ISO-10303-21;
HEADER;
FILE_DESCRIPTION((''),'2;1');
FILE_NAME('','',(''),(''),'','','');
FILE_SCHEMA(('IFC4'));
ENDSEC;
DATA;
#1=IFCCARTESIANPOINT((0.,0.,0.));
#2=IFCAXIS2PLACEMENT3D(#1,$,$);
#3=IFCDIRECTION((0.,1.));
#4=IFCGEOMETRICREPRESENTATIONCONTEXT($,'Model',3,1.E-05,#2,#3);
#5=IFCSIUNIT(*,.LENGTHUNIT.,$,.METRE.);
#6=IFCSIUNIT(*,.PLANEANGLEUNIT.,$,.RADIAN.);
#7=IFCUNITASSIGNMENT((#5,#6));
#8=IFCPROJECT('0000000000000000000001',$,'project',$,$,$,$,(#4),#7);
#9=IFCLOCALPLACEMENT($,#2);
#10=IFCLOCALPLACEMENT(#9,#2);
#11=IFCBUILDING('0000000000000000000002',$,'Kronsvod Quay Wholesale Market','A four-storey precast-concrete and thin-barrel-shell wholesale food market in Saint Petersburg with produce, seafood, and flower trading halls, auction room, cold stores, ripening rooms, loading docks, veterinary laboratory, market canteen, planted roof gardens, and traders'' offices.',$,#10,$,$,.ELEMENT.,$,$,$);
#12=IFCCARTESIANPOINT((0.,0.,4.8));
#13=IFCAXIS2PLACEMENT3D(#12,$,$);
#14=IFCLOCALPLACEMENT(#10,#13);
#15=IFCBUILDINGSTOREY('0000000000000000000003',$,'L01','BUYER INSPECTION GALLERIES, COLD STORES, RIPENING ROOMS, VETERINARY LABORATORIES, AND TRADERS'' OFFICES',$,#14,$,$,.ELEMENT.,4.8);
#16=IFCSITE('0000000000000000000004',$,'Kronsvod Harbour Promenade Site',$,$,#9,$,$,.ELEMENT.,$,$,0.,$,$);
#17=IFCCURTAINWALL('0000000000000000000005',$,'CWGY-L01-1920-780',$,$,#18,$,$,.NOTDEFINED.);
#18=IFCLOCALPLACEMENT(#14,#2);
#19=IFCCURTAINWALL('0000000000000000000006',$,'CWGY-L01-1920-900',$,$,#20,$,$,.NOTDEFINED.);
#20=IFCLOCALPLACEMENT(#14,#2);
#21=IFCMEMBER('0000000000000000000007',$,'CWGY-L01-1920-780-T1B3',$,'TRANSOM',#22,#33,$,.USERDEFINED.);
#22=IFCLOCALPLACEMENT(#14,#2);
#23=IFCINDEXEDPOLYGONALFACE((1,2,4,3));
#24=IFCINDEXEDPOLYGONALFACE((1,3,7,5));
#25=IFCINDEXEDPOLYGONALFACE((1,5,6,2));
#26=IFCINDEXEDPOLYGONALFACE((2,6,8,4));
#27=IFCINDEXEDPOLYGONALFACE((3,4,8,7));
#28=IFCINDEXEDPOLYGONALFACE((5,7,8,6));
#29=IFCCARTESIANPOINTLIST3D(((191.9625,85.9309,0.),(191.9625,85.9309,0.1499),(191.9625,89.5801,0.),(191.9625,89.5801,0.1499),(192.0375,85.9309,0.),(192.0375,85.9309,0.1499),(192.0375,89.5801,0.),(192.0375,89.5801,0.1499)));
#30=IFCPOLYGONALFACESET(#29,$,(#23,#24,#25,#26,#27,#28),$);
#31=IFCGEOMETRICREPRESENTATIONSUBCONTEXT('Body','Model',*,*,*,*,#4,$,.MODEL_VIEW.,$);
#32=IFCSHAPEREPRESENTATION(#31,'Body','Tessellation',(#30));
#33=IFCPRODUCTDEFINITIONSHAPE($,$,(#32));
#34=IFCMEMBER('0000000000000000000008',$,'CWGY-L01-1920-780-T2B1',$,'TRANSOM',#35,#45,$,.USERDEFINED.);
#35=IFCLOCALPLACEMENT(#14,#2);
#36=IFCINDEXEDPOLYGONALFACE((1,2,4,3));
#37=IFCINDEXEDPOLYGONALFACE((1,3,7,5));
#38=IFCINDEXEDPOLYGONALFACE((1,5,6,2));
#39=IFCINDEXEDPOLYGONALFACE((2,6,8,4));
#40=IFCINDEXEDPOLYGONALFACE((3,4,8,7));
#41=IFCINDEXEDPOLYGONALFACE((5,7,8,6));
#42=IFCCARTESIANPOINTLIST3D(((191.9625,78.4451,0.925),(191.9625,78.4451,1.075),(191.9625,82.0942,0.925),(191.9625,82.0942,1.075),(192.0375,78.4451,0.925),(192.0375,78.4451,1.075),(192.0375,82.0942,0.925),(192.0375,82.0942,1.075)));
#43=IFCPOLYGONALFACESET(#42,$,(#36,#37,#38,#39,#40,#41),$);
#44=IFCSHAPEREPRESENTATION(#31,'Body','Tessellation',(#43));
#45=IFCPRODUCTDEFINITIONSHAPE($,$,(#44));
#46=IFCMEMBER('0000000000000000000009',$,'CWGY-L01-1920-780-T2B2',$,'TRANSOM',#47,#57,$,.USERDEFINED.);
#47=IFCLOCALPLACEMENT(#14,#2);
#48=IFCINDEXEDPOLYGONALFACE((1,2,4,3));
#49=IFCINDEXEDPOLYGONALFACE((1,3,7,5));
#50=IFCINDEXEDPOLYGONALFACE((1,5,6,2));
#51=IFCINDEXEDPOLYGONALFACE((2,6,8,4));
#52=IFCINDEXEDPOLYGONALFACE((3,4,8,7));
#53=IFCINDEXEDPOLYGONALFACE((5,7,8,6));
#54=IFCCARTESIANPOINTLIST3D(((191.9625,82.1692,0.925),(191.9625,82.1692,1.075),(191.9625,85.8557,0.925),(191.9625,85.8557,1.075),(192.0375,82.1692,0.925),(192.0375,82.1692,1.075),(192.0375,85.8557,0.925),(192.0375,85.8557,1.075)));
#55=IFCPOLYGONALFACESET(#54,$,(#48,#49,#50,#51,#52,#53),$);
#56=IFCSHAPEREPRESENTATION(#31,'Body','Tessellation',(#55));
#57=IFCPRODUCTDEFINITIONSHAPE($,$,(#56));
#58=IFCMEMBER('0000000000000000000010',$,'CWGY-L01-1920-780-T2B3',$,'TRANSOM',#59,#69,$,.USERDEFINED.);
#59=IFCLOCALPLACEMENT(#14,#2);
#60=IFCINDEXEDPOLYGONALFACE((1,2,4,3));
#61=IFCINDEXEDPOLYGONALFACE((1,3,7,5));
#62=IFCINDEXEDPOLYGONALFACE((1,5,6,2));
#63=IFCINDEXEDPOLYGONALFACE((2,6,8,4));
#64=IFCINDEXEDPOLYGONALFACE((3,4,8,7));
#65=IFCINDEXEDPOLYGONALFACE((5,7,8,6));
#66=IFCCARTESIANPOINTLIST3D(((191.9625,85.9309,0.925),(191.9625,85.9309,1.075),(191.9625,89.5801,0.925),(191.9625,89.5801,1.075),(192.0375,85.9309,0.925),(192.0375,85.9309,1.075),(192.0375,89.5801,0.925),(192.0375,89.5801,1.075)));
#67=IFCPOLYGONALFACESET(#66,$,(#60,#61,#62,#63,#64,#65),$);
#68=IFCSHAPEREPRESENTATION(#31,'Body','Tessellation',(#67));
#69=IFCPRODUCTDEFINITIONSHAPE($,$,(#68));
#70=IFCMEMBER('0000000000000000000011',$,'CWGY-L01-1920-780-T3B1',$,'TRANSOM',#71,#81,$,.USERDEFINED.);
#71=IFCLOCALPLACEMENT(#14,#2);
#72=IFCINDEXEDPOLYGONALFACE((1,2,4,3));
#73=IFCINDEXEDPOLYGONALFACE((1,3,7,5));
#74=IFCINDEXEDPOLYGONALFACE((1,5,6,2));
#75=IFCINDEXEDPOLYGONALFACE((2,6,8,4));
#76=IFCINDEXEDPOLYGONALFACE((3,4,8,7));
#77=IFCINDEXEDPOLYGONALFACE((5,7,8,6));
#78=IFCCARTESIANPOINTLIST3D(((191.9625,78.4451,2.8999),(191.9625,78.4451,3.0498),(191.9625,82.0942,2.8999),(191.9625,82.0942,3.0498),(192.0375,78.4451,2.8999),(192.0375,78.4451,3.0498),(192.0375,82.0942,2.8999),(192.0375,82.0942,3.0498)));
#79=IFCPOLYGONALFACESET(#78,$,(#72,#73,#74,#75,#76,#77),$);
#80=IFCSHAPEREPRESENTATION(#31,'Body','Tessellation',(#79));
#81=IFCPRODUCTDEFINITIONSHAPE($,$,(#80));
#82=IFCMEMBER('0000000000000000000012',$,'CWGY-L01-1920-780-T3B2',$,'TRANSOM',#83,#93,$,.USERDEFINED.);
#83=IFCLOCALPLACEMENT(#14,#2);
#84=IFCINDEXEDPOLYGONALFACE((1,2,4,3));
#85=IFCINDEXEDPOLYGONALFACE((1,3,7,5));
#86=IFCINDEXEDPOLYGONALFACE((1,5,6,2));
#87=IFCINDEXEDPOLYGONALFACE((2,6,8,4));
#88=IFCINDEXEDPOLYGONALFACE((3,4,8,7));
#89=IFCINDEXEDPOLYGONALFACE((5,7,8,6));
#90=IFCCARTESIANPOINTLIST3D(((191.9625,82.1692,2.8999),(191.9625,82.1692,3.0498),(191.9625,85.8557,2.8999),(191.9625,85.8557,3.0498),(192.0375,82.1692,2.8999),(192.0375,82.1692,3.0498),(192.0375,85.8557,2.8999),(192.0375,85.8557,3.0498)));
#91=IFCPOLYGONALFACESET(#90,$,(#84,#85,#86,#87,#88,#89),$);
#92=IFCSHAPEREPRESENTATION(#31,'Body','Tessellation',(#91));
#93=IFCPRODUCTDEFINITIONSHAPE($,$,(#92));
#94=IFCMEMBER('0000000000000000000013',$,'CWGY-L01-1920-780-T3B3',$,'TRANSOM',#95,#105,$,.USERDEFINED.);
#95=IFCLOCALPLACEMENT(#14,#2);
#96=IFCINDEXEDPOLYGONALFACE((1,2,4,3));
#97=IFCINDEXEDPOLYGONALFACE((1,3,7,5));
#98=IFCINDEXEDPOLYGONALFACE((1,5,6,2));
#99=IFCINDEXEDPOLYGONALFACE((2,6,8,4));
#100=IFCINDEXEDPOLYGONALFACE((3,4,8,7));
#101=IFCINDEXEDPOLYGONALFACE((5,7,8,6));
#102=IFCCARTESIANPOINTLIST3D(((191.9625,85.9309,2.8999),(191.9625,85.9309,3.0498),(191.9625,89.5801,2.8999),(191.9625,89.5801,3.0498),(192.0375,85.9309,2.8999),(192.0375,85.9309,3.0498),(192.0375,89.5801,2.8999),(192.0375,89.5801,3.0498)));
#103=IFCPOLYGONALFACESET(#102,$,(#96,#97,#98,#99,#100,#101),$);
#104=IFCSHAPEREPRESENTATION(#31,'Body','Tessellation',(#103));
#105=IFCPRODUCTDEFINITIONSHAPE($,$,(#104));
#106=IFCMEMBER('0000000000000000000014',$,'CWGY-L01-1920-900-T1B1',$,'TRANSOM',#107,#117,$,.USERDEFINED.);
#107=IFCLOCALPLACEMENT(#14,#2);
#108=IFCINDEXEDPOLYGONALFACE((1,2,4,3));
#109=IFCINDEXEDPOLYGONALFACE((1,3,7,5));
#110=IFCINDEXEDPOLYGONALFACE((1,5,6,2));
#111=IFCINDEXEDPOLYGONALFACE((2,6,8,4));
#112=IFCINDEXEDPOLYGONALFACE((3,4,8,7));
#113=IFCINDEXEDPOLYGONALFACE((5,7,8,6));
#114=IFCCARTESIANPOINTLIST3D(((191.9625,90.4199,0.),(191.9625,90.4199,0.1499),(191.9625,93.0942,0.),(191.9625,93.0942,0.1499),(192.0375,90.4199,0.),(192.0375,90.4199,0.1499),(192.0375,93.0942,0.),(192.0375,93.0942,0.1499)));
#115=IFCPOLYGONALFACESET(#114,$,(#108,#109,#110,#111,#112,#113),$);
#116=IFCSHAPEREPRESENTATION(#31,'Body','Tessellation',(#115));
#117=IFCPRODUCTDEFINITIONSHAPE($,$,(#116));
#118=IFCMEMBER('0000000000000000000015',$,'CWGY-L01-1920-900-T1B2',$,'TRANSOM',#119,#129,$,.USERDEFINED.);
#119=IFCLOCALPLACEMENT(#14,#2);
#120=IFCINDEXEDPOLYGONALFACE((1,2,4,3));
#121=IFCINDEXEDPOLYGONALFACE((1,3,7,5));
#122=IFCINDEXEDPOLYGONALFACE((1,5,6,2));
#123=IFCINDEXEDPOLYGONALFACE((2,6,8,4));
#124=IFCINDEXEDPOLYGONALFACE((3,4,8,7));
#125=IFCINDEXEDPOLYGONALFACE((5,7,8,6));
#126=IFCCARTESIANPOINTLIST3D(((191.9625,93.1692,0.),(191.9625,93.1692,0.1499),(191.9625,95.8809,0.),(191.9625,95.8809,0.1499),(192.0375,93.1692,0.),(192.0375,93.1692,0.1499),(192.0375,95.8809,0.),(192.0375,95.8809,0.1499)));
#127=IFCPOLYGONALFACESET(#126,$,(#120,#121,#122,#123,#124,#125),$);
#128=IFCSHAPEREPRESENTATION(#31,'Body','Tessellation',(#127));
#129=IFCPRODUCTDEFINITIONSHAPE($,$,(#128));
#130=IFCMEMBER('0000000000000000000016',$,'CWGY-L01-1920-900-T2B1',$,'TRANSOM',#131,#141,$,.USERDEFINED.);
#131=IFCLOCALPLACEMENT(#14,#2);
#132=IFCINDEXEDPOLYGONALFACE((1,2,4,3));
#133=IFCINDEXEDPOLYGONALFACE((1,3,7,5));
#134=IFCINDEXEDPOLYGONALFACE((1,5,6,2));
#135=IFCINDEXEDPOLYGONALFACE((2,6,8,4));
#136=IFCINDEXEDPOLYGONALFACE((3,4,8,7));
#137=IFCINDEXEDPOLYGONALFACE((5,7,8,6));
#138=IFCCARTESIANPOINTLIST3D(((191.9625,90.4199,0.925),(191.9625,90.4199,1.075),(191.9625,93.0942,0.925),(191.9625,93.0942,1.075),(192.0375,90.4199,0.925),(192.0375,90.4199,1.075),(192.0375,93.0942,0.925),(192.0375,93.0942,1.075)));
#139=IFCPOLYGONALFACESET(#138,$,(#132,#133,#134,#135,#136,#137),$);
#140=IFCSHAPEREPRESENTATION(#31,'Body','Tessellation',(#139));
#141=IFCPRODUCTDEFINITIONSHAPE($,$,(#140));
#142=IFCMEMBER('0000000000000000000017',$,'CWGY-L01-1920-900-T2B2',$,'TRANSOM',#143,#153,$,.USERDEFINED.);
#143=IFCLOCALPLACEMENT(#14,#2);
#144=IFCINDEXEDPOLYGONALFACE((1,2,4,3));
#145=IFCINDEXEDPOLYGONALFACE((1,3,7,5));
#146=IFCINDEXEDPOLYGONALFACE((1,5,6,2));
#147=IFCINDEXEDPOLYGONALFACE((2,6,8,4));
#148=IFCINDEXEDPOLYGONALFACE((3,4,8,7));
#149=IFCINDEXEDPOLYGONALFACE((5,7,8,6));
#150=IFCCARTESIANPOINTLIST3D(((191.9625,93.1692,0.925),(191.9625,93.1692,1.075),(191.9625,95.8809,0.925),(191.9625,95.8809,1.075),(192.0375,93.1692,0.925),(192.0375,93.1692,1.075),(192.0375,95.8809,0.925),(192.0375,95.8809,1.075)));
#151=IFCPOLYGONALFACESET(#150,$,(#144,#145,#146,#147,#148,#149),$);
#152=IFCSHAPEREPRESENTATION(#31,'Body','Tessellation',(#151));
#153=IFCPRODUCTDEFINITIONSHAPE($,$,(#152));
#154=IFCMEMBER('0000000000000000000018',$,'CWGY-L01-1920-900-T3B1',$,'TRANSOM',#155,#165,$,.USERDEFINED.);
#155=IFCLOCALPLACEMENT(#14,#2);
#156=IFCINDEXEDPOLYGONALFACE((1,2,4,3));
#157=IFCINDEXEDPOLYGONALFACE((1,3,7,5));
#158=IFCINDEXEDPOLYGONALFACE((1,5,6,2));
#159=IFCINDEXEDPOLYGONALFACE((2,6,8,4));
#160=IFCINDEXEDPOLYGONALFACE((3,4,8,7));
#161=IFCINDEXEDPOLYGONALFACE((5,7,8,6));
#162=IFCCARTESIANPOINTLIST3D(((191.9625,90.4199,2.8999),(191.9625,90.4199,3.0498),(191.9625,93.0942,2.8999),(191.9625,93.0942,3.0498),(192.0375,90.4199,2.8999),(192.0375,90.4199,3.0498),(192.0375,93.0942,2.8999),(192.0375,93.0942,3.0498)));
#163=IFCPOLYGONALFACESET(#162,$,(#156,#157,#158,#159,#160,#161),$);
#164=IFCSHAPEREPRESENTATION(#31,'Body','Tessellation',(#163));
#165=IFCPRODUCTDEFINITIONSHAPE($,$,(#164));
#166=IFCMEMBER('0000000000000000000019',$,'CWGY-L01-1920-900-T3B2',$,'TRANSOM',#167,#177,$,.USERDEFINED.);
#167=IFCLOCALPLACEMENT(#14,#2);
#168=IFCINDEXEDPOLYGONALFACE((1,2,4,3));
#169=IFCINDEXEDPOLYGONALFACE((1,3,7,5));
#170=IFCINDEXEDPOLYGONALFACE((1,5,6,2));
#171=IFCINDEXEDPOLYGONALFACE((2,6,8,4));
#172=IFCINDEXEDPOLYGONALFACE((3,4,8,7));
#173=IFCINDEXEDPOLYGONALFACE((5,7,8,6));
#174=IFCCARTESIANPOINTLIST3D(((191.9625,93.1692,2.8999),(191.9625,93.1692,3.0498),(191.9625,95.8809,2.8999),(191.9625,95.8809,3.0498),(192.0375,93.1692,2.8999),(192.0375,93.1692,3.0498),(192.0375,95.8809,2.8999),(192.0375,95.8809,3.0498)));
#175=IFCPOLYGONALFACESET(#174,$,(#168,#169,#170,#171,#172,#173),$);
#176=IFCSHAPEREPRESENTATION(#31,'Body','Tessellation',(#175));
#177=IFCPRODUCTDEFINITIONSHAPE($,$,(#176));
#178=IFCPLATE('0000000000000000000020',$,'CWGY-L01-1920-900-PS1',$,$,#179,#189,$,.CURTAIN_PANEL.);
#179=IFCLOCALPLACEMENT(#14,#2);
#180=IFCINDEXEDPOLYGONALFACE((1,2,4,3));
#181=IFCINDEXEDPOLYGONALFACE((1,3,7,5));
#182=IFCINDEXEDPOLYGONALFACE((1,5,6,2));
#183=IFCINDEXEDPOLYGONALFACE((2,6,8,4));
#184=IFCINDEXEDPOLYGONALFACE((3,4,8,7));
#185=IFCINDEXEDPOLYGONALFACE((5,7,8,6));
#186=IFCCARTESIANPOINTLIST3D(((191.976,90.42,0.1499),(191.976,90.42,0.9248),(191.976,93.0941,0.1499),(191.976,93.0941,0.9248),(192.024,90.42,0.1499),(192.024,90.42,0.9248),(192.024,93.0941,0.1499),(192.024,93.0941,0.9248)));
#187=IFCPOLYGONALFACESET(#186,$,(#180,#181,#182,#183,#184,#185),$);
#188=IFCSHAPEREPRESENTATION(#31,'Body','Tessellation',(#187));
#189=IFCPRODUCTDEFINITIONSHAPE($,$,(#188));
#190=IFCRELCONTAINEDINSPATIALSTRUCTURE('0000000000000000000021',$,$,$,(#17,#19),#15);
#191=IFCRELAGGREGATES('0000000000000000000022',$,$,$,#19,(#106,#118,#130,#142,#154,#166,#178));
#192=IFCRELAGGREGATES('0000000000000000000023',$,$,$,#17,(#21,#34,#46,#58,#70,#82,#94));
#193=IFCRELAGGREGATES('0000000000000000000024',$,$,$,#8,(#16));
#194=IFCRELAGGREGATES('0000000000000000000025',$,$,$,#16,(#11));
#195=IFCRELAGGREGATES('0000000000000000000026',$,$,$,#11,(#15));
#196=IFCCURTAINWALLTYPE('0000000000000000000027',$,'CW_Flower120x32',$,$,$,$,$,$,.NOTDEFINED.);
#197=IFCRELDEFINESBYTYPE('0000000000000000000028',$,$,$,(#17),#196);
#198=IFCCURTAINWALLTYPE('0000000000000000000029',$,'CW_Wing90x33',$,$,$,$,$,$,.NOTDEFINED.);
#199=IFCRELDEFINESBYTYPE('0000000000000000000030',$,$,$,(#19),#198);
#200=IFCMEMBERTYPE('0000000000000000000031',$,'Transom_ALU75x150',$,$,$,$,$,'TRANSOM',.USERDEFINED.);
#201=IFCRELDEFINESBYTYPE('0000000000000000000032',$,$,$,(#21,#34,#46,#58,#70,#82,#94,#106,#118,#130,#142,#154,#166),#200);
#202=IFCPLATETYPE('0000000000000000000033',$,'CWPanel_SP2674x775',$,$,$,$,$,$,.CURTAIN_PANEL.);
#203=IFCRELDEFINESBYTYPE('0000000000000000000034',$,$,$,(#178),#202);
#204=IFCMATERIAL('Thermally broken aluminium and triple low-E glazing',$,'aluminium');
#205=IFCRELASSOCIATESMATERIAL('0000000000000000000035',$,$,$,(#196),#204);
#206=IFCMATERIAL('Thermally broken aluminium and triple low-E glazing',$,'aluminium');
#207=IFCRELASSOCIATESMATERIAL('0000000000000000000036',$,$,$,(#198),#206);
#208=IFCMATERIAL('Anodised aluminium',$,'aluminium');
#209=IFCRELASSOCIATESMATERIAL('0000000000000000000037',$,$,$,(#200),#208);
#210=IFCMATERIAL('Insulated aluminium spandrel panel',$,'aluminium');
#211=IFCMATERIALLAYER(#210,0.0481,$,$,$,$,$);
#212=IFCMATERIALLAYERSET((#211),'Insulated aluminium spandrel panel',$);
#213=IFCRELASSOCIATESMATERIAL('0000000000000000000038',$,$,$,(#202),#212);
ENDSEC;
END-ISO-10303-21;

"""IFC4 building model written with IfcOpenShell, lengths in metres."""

from ifc_helpers import new_model, si_unit, direction, frame, origin, origin_2d, place, context, subcontext, project, spatial, rectangle, extrude, material, layer, layer_set, material_profile, profile_set, type_object, element, aggregate, save


model = new_model("IFC4")

# Units and contexts
model_context = context("Model", 3, precision=1e-05, world=origin(), true_north=direction((0.0, 1.0)))
body_context = subcontext(model_context, "Body", "Model", "MODEL_VIEW")
ifc_project = project(units=[si_unit("LENGTHUNIT", "METRE"), si_unit("PLANEANGLEUNIT", "RADIAN")], contexts=[model_context])

# Site, building, storey
site_placement = place(None, origin())
site = spatial("IfcSite", under=ifc_project, at=site_placement, Name="Kronsvod Harbour Promenade Site", CompositionType="ELEMENT", RefElevation=0.0)
building_placement = place(site_placement, origin())
building = spatial("IfcBuilding", under=site, at=building_placement, Name="Kronsvod Quay Wholesale Market", Description="A four-storey precast-concrete and thin-barrel-shell wholesale food market in Saint Petersburg with produce, seafood, and flower trading halls, auction room, cold stores, ripening rooms, loading docks, veterinary laboratory, market canteen, planted roof gardens, and traders' offices.", CompositionType="ELEMENT")
storey_placement = place(building_placement, frame((0.0, 0.0, 4.8)))
storey = spatial("IfcBuildingStorey", under=building, at=storey_placement, Name="L01", Description="BUYER INSPECTION GALLERIES, COLD STORES, RIPENING ROOMS, VETERINARY LABORATORIES, AND TRADERS' OFFICES", CompositionType="ELEMENT", Elevation=4.8)

# Curtain walls
ifc_material_1 = material(Name="Thermally broken aluminium and triple low-E glazing", Category="aluminium")
curtain_wall_type_1 = type_object("IfcCurtainWallType", Name="CW_Flower120x32", PredefinedType="NOTDEFINED", material=ifc_material_1)
curtain_wall_1_placement = place(storey_placement, origin())
curtain_wall_1 = element("IfcCurtainWall", 1, at=curtain_wall_1_placement, inside=storey, type_object=curtain_wall_type_1, Name="CWGY-L01-1920-780", PredefinedType="NOTDEFINED")
ifc_material_2 = material(Name="Thermally broken aluminium and triple low-E glazing", Category="aluminium")
curtain_wall_type_2 = type_object("IfcCurtainWallType", Name="CW_Wing90x33", PredefinedType="NOTDEFINED", material=ifc_material_2)
curtain_wall_2_placement = place(storey_placement, origin())
curtain_wall_2 = element("IfcCurtainWall", 2, at=curtain_wall_2_placement, inside=storey, type_object=curtain_wall_type_2, Name="CWGY-L01-1920-900", PredefinedType="NOTDEFINED")

# Members
ifc_material_3 = material(Name="Anodised aluminium", Category="aluminium")
ifc_material_profile_1 = material_profile(ifc_material_3, rectangle(XDim=0.075, YDim=0.1499, at=origin_2d()), Name="ALUT75x150")
ifc_profile_set_1 = profile_set([ifc_material_profile_1], Name="Anodised aluminium")
member_type_1 = type_object("IfcMemberType", Name="Transom_ALU75x150", ElementType="TRANSOM", PredefinedType="USERDEFINED", material=ifc_profile_set_1)
member_1_placement = place(storey_placement, frame((192.0, 85.9309, 0.075), z_axis=(0.0, 1.0, 0.0), x_axis=(-1.0, 0.0, 0.0)))
member_1 = element("IfcMember", 3, at=member_1_placement, type_object=member_type_1, Name="CWGY-L01-1920-780-T1B3", ObjectType="TRANSOM", PredefinedType="USERDEFINED", context=body_context, shape_type="SweptSolid", body=[
    extrude(rectangle(XDim=0.075, YDim=0.1499, at=origin_2d()), origin(), (0.0, 0.0, 1.0), 3.6492),
])
member_2_placement = place(storey_placement, frame((192.0, 78.4451, 1.0), z_axis=(0.0, 1.0, 0.0), x_axis=(-1.0, 0.0, 0.0)))
member_2 = element("IfcMember", 4, at=member_2_placement, type_object=member_type_1, Name="CWGY-L01-1920-780-T2B1", ObjectType="TRANSOM", PredefinedType="USERDEFINED", context=body_context, shape_type="SweptSolid", body=[
    extrude(rectangle(XDim=0.075, YDim=0.1499, at=origin_2d()), origin(), (0.0, 0.0, 1.0), 3.6492),
])
member_3_placement = place(storey_placement, frame((192.0, 82.1692, 1.0), z_axis=(0.0, 1.0, 0.0), x_axis=(-1.0, 0.0, 0.0)))
member_3 = element("IfcMember", 5, at=member_3_placement, type_object=member_type_1, Name="CWGY-L01-1920-780-T2B2", ObjectType="TRANSOM", PredefinedType="USERDEFINED", context=body_context, shape_type="SweptSolid", body=[
    extrude(rectangle(XDim=0.075, YDim=0.1499, at=origin_2d()), origin(), (0.0, 0.0, 1.0), 3.6865),
])
member_4_placement = place(storey_placement, frame((192.0, 85.9309, 1.0), z_axis=(0.0, 1.0, 0.0), x_axis=(-1.0, 0.0, 0.0)))
member_4 = element("IfcMember", 6, at=member_4_placement, type_object=member_type_1, Name="CWGY-L01-1920-780-T2B3", ObjectType="TRANSOM", PredefinedType="USERDEFINED", context=body_context, shape_type="SweptSolid", body=[
    extrude(rectangle(XDim=0.075, YDim=0.1499, at=origin_2d()), origin(), (0.0, 0.0, 1.0), 3.6492),
])
member_5_placement = place(storey_placement, frame((192.0, 78.4451, 2.9749), z_axis=(0.0, 1.0, 0.0), x_axis=(-1.0, 0.0, 0.0)))
member_5 = element("IfcMember", 7, at=member_5_placement, type_object=member_type_1, Name="CWGY-L01-1920-780-T3B1", ObjectType="TRANSOM", PredefinedType="USERDEFINED", context=body_context, shape_type="SweptSolid", body=[
    extrude(rectangle(XDim=0.075, YDim=0.1499, at=origin_2d()), origin(), (0.0, 0.0, 1.0), 3.6492),
])
member_6_placement = place(storey_placement, frame((192.0, 82.1692, 2.9749), z_axis=(0.0, 1.0, 0.0), x_axis=(-1.0, 0.0, 0.0)))
member_6 = element("IfcMember", 8, at=member_6_placement, type_object=member_type_1, Name="CWGY-L01-1920-780-T3B2", ObjectType="TRANSOM", PredefinedType="USERDEFINED", context=body_context, shape_type="SweptSolid", body=[
    extrude(rectangle(XDim=0.075, YDim=0.1499, at=origin_2d()), origin(), (0.0, 0.0, 1.0), 3.6865),
])
member_7_placement = place(storey_placement, frame((192.0, 85.9309, 2.9749), z_axis=(0.0, 1.0, 0.0), x_axis=(-1.0, 0.0, 0.0)))
member_7 = element("IfcMember", 9, at=member_7_placement, type_object=member_type_1, Name="CWGY-L01-1920-780-T3B3", ObjectType="TRANSOM", PredefinedType="USERDEFINED", context=body_context, shape_type="SweptSolid", body=[
    extrude(rectangle(XDim=0.075, YDim=0.1499, at=origin_2d()), origin(), (0.0, 0.0, 1.0), 3.6492),
])
member_8_placement = place(storey_placement, frame((192.0, 90.4199, 0.075), z_axis=(0.0, 1.0, 0.0), x_axis=(-1.0, 0.0, 0.0)))
member_8 = element("IfcMember", 10, at=member_8_placement, type_object=member_type_1, Name="CWGY-L01-1920-900-T1B1", ObjectType="TRANSOM", PredefinedType="USERDEFINED", context=body_context, shape_type="SweptSolid", body=[
    extrude(rectangle(XDim=0.075, YDim=0.1499, at=origin_2d()), origin(), (0.0, 0.0, 1.0), 2.6743),
])
member_9_placement = place(storey_placement, frame((192.0, 93.1692, 0.075), z_axis=(0.0, 1.0, 0.0), x_axis=(-1.0, 0.0, 0.0)))
member_9 = element("IfcMember", 11, at=member_9_placement, type_object=member_type_1, Name="CWGY-L01-1920-900-T1B2", ObjectType="TRANSOM", PredefinedType="USERDEFINED", context=body_context, shape_type="SweptSolid", body=[
    extrude(rectangle(XDim=0.075, YDim=0.1499, at=origin_2d()), origin(), (0.0, 0.0, 1.0), 2.7117),
])
member_10_placement = place(storey_placement, frame((192.0, 90.4199, 1.0), z_axis=(0.0, 1.0, 0.0), x_axis=(-1.0, 0.0, 0.0)))
member_10 = element("IfcMember", 12, at=member_10_placement, type_object=member_type_1, Name="CWGY-L01-1920-900-T2B1", ObjectType="TRANSOM", PredefinedType="USERDEFINED", context=body_context, shape_type="SweptSolid", body=[
    extrude(rectangle(XDim=0.075, YDim=0.1499, at=origin_2d()), origin(), (0.0, 0.0, 1.0), 2.6743),
])
member_11_placement = place(storey_placement, frame((192.0, 93.1692, 1.0), z_axis=(0.0, 1.0, 0.0), x_axis=(-1.0, 0.0, 0.0)))
member_11 = element("IfcMember", 13, at=member_11_placement, type_object=member_type_1, Name="CWGY-L01-1920-900-T2B2", ObjectType="TRANSOM", PredefinedType="USERDEFINED", context=body_context, shape_type="SweptSolid", body=[
    extrude(rectangle(XDim=0.075, YDim=0.1499, at=origin_2d()), origin(), (0.0, 0.0, 1.0), 2.7117),
])
member_12_placement = place(storey_placement, frame((192.0, 90.4199, 2.9749), z_axis=(0.0, 1.0, 0.0), x_axis=(-1.0, 0.0, 0.0)))
member_12 = element("IfcMember", 14, at=member_12_placement, type_object=member_type_1, Name="CWGY-L01-1920-900-T3B1", ObjectType="TRANSOM", PredefinedType="USERDEFINED", context=body_context, shape_type="SweptSolid", body=[
    extrude(rectangle(XDim=0.075, YDim=0.1499, at=origin_2d()), origin(), (0.0, 0.0, 1.0), 2.6743),
])
member_13_placement = place(storey_placement, frame((192.0, 93.1692, 2.9749), z_axis=(0.0, 1.0, 0.0), x_axis=(-1.0, 0.0, 0.0)))
member_13 = element("IfcMember", 15, at=member_13_placement, type_object=member_type_1, Name="CWGY-L01-1920-900-T3B2", ObjectType="TRANSOM", PredefinedType="USERDEFINED", context=body_context, shape_type="SweptSolid", body=[
    extrude(rectangle(XDim=0.075, YDim=0.1499, at=origin_2d()), origin(), (0.0, 0.0, 1.0), 2.7117),
])

# Plate
ifc_material_4 = material(Name="Insulated aluminium spandrel panel", Category="aluminium")
ifc_layer_1 = layer(ifc_material_4, 0.0481)
ifc_layer_set_1 = layer_set([ifc_layer_1], Name="Insulated aluminium spandrel panel")
plate_type_1 = type_object("IfcPlateType", Name="CWPanel_SP2674x775", PredefinedType="CURTAIN_PANEL", material=ifc_layer_set_1)
plate_1_placement = place(storey_placement, frame((192.0, 91.7571, 0.1499), z_axis=(0.0, 0.0, 1.0), x_axis=(0.0, 1.0, 0.0)))
plate_1 = element("IfcPlate", 16, at=plate_1_placement, type_object=plate_type_1, Name="CWGY-L01-1920-900-PS1", PredefinedType="CURTAIN_PANEL", context=body_context, shape_type="SweptSolid", body=[
    extrude(rectangle(XDim=2.6741, YDim=0.0481, at=origin_2d()), origin(), (0.0, 0.0, 1.0), 0.7749),
])
aggregate(curtain_wall_2, [member_8, member_9, member_10, member_11, member_12, member_13, plate_1])
aggregate(curtain_wall_1, [member_1, member_2, member_3, member_4, member_5, member_6, member_7])

save(model, "model.ifc")
